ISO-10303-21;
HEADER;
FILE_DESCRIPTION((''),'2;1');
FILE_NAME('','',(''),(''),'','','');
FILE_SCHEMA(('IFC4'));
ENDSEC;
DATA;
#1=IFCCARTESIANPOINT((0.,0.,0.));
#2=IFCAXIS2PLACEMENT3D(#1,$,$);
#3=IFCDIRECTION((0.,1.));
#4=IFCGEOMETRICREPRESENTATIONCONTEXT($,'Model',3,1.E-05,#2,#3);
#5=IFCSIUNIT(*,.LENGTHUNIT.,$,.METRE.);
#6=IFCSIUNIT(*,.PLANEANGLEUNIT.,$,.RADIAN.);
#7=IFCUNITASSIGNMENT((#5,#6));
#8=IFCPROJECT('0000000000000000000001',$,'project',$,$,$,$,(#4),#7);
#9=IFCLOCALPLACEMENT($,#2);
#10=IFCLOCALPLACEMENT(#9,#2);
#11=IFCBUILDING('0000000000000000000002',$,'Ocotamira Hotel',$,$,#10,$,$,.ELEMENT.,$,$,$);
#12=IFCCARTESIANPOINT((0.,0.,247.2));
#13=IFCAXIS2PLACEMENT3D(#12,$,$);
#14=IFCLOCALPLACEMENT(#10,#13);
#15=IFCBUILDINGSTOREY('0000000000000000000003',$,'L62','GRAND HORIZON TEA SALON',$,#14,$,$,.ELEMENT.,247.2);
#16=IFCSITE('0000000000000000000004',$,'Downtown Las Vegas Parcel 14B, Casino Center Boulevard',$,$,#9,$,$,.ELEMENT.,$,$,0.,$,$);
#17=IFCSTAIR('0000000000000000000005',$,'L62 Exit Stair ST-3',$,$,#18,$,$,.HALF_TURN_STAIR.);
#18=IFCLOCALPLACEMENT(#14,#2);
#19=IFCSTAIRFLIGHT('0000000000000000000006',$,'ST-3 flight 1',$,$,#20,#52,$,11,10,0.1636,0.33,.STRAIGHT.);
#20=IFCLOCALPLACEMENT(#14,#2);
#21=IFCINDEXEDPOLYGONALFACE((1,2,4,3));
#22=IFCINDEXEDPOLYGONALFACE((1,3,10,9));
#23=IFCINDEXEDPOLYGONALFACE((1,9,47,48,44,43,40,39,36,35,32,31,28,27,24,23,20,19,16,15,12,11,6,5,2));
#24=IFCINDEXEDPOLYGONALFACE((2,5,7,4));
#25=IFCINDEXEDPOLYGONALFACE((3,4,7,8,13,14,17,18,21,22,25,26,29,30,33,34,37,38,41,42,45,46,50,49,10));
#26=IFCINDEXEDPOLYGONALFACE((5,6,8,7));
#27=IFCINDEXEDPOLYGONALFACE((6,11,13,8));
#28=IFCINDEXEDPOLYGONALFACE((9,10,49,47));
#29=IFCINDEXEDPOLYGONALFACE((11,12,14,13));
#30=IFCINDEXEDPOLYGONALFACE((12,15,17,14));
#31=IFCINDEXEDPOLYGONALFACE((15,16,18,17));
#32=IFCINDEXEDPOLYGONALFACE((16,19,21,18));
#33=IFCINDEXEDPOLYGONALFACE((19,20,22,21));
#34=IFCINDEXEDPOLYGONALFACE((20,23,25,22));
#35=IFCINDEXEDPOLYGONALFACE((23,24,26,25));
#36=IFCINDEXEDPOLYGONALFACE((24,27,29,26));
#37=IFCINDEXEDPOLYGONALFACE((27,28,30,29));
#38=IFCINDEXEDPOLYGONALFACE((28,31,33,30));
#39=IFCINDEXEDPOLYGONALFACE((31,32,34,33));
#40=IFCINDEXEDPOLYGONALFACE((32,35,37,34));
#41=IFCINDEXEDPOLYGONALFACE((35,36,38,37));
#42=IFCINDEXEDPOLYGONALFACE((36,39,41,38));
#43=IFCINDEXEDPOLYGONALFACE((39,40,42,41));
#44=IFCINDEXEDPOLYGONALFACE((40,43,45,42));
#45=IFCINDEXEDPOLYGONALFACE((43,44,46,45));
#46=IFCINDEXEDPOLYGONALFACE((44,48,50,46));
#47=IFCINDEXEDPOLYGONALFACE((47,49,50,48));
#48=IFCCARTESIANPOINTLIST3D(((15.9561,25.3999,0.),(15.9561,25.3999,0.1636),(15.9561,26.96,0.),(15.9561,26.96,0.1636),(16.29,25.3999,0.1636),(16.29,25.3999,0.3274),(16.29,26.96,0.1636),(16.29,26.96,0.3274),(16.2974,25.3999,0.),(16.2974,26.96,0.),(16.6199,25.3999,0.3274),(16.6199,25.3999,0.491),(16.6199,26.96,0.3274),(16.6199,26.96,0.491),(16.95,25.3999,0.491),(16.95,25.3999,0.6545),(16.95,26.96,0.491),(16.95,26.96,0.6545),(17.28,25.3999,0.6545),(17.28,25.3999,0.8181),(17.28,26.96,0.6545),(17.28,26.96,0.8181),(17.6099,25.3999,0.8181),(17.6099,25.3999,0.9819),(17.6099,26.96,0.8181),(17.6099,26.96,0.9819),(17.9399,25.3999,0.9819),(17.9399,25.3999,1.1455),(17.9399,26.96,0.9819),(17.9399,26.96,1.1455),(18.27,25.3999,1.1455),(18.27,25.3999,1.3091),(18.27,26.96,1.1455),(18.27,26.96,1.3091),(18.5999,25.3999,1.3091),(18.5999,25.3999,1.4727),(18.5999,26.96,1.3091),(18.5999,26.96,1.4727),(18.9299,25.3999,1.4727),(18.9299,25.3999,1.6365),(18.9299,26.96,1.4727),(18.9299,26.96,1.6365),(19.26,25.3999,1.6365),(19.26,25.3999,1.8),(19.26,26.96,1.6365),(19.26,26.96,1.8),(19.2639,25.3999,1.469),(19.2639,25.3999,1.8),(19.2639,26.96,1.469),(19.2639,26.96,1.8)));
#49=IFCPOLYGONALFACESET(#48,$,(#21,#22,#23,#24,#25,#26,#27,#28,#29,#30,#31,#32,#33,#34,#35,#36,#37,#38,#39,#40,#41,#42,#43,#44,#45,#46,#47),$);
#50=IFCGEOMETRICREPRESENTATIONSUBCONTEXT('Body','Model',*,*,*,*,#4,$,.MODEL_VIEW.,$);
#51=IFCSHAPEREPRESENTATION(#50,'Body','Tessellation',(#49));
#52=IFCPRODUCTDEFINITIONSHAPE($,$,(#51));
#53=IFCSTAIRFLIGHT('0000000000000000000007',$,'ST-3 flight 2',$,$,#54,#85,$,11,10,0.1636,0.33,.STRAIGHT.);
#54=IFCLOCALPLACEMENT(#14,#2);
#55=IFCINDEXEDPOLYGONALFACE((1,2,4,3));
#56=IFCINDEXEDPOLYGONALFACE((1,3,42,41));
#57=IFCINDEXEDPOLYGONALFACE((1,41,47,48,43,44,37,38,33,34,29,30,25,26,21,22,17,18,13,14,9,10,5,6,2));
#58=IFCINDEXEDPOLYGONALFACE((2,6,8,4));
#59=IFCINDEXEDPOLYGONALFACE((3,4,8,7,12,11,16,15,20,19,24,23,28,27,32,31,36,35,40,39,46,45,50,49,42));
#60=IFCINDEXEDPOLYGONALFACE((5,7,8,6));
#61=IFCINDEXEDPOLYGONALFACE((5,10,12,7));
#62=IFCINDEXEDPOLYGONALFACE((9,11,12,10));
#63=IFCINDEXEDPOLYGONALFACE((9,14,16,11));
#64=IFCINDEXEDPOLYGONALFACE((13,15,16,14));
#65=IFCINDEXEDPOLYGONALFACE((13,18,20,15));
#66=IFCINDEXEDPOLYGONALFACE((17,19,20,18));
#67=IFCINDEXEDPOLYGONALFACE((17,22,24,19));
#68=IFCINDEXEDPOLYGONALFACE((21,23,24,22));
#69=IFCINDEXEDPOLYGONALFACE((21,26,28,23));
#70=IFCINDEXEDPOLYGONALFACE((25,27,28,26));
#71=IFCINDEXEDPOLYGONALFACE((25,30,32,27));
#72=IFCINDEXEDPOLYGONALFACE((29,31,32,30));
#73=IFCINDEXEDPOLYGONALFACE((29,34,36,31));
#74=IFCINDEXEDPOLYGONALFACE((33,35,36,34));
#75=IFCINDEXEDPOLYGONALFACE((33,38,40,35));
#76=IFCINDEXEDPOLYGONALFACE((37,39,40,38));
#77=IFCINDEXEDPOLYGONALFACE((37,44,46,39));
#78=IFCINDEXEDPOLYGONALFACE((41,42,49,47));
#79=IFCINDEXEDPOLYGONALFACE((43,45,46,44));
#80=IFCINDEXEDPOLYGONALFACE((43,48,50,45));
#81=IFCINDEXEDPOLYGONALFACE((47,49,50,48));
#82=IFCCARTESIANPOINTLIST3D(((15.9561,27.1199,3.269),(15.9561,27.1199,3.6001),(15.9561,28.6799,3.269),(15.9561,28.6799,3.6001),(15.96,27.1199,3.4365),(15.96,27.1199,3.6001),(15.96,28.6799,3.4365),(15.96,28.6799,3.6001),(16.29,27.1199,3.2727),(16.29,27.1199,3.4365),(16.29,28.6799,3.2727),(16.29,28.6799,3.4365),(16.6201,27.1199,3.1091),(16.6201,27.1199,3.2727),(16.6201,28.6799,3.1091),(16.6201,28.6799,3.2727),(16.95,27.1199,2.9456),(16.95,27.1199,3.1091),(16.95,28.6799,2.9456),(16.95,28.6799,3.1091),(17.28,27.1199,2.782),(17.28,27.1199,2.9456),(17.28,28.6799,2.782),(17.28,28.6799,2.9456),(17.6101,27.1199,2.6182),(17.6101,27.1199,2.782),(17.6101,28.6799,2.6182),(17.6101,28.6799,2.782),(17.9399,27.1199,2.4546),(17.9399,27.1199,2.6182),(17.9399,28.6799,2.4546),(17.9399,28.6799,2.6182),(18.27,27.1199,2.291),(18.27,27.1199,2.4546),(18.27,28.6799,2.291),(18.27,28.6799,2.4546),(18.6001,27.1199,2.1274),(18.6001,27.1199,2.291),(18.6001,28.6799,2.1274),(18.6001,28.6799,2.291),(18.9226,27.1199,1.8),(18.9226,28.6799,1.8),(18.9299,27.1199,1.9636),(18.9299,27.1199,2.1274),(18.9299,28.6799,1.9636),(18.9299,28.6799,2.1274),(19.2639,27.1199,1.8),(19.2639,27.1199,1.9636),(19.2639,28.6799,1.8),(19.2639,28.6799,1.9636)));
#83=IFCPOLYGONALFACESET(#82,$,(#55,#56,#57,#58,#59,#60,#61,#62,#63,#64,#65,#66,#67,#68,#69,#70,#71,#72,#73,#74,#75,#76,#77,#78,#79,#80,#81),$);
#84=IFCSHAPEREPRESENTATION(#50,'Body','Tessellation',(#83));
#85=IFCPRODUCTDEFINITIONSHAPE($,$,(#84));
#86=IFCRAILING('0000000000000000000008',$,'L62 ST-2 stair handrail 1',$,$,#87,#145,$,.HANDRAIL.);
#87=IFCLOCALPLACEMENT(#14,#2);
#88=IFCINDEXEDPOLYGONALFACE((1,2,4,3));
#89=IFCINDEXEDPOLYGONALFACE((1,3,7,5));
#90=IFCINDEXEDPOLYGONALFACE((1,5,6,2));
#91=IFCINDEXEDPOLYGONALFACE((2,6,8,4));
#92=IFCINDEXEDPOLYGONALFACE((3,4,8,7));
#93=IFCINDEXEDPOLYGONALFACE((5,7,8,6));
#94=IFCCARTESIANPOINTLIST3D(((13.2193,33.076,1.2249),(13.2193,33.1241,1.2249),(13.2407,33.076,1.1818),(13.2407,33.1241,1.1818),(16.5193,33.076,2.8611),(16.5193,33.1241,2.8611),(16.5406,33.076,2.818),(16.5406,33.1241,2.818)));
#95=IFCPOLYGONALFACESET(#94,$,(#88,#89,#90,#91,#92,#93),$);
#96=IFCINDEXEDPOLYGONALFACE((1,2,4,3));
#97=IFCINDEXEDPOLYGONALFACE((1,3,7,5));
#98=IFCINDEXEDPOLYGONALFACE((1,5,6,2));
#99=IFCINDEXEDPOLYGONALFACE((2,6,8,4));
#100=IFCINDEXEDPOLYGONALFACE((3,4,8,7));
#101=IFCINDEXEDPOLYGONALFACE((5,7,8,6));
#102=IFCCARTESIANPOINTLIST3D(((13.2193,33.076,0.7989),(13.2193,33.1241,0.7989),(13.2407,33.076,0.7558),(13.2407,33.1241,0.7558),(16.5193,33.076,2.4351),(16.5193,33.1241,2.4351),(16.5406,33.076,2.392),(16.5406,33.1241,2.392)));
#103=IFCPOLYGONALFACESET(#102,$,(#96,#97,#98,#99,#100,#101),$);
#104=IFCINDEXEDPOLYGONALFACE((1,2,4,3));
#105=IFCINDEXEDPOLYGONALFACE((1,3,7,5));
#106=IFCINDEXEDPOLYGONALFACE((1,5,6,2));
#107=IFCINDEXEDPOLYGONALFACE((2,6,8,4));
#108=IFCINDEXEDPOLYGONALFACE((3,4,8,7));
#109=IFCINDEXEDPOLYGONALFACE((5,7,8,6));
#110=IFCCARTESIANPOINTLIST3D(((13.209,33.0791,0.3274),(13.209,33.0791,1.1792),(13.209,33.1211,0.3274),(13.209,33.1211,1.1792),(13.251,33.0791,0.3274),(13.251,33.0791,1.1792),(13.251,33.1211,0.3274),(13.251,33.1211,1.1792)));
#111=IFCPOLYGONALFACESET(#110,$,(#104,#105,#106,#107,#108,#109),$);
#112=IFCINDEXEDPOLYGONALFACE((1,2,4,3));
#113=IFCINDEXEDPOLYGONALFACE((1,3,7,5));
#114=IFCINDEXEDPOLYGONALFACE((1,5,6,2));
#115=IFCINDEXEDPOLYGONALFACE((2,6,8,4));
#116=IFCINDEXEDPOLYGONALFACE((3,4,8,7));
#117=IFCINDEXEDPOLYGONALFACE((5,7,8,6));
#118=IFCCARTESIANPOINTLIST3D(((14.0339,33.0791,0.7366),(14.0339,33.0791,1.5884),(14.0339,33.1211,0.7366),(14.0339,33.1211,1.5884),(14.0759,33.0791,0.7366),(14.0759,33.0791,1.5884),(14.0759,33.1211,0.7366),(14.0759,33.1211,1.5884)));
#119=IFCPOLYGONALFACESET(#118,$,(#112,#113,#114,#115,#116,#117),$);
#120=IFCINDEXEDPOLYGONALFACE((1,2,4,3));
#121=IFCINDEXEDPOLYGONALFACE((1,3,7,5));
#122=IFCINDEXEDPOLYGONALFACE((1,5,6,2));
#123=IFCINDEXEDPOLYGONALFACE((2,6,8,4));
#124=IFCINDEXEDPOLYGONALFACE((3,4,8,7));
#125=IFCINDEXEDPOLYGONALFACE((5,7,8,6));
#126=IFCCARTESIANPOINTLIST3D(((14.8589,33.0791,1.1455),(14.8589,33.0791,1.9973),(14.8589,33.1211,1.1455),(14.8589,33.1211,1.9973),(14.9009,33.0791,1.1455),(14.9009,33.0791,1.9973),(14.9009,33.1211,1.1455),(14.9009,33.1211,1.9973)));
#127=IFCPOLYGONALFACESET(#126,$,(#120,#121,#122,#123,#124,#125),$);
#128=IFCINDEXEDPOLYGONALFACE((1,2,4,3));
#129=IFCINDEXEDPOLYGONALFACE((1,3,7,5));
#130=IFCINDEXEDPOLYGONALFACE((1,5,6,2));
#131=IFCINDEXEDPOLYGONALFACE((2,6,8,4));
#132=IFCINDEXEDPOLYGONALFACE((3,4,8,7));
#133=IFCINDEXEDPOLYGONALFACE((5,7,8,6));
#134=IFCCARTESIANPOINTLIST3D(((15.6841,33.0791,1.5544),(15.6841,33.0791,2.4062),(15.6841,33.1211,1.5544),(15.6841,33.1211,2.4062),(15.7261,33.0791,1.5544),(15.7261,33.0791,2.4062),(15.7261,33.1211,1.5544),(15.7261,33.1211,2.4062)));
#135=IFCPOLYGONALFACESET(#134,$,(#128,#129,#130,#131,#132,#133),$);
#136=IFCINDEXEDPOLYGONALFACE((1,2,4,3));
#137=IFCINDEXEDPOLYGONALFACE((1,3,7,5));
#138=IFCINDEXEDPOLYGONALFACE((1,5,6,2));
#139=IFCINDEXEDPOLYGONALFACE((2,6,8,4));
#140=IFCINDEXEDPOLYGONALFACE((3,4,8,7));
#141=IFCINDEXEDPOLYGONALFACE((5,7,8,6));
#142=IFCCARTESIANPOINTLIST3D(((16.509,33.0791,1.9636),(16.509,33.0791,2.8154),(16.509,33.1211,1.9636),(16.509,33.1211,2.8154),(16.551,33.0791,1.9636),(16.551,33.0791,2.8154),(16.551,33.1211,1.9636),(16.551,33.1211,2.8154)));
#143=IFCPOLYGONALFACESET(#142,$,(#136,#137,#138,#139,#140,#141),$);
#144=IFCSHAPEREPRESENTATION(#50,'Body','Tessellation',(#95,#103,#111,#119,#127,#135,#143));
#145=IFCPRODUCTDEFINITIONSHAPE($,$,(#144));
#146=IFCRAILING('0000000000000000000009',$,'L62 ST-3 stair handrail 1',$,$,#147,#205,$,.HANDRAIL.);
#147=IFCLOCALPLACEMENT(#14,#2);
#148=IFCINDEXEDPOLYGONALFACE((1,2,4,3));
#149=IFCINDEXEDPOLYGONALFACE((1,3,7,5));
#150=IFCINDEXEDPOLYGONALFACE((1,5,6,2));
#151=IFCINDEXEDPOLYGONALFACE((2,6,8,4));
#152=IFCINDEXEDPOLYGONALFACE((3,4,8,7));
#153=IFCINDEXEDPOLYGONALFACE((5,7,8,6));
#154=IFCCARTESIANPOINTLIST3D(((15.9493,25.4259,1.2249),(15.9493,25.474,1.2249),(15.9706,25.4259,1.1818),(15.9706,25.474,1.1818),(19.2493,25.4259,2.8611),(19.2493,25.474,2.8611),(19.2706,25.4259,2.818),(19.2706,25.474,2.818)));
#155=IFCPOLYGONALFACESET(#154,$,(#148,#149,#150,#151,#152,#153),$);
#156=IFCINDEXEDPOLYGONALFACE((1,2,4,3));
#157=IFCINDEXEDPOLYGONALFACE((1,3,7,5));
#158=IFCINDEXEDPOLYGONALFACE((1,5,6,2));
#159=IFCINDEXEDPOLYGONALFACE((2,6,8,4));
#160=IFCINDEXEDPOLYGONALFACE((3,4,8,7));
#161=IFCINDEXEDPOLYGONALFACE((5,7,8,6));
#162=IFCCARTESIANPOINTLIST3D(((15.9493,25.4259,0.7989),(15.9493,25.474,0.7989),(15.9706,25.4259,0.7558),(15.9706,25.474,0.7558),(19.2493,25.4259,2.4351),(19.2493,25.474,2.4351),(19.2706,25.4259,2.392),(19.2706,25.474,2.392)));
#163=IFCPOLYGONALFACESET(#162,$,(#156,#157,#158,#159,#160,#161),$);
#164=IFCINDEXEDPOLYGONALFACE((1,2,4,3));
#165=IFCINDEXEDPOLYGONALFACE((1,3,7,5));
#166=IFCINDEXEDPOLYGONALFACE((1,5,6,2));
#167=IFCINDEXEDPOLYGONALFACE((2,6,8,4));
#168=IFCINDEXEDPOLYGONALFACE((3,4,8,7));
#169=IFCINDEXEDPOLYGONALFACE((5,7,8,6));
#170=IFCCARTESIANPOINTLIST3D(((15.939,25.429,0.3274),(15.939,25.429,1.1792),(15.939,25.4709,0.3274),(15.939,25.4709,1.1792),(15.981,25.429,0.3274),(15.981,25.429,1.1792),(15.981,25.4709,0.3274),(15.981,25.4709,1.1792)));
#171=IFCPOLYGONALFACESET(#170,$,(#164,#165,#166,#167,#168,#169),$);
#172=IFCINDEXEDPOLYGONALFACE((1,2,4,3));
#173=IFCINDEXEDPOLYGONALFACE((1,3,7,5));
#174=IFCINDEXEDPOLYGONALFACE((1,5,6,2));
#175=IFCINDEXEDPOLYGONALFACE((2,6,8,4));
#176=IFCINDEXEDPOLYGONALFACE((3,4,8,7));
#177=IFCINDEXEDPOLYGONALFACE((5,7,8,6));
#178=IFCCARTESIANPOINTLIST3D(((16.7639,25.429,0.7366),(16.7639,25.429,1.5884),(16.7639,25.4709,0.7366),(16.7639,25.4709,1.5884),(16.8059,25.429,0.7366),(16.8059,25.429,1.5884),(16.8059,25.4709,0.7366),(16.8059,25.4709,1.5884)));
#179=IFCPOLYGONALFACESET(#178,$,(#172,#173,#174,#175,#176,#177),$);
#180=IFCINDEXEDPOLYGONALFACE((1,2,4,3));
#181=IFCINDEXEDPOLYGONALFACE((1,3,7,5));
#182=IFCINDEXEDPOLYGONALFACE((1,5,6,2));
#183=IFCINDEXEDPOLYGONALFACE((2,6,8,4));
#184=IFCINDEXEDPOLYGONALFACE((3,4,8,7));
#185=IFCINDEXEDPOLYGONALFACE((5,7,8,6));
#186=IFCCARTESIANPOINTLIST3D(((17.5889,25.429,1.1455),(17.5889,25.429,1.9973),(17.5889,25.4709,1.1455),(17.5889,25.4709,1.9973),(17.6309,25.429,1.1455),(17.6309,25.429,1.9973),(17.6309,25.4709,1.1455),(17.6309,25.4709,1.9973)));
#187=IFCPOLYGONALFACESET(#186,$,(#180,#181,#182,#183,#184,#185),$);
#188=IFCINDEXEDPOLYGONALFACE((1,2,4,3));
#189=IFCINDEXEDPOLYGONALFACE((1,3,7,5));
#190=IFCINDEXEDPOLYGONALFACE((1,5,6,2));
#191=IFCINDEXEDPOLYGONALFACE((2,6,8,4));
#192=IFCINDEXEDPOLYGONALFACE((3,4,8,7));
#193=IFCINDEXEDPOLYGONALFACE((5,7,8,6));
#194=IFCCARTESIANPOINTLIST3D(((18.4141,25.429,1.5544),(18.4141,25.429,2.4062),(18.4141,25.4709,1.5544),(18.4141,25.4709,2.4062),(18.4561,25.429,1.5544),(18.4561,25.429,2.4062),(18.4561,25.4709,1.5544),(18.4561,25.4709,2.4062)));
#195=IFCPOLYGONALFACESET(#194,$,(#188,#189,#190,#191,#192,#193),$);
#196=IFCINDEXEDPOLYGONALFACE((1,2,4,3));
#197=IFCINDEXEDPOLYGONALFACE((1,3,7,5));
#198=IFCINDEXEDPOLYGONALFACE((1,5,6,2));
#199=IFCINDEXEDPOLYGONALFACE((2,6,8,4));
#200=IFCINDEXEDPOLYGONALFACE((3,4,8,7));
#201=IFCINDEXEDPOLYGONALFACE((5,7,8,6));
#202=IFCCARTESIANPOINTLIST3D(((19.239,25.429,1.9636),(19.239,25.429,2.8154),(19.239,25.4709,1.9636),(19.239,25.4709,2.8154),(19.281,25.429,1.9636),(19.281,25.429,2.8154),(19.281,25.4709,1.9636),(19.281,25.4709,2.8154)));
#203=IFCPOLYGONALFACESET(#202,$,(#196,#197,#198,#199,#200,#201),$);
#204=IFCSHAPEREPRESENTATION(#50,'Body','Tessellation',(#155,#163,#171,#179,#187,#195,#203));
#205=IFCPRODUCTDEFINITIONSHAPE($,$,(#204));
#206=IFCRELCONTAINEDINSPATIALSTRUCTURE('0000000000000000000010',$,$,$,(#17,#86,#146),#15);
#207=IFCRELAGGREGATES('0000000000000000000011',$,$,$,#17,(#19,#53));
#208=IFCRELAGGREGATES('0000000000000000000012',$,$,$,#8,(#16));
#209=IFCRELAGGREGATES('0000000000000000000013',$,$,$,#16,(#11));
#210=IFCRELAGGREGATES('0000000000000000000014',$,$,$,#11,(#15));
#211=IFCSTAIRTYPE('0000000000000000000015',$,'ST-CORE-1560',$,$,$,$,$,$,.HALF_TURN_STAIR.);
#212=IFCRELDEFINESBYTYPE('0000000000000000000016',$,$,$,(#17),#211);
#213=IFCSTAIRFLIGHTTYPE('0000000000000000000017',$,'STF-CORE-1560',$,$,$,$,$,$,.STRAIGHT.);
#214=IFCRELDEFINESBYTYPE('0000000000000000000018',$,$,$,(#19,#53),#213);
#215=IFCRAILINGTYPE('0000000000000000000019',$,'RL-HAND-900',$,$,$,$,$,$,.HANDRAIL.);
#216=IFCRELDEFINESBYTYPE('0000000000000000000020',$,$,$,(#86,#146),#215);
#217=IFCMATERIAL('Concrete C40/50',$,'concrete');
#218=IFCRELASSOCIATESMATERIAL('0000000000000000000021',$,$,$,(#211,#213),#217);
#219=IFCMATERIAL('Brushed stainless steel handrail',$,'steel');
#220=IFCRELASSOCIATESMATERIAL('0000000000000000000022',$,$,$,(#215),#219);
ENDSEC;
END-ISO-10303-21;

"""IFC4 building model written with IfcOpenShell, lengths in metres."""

from ifc_helpers import new_model, si_unit, direction, frame, origin, origin_2d, place, context, subcontext, project, spatial, polyline, rectangle, outline, extrude, source, transform, mapped, material, type_object, element, aggregate, save


model = new_model("IFC4")

# Units and contexts
model_context = context("Model", 3, precision=1e-05, world=origin(), true_north=direction((0.0, 1.0)))
body_context = subcontext(model_context, "Body", "Model", "MODEL_VIEW")
ifc_project = project(units=[si_unit("LENGTHUNIT", "METRE"), si_unit("PLANEANGLEUNIT", "RADIAN")], contexts=[model_context])

# Site, building, storey
site_placement = place(None, origin())
site = spatial("IfcSite", under=ifc_project, at=site_placement, Name="Downtown Las Vegas Parcel 14B, Casino Center Boulevard", CompositionType="ELEMENT", RefElevation=0.0)
building_placement = place(site_placement, origin())
building = spatial("IfcBuilding", under=site, at=building_placement, Name="Ocotamira Hotel", CompositionType="ELEMENT")
storey_placement = place(building_placement, frame((0.0, 0.0, 247.2)))
storey = spatial("IfcBuildingStorey", under=building, at=storey_placement, Name="L62", Description="GRAND HORIZON TEA SALON", CompositionType="ELEMENT", Elevation=247.2)

# Shared definitions
ifc_material_1 = material(Name="Concrete C40/50", Category="concrete")
stair_type = type_object("IfcStairType", Name="ST-CORE-1560", PredefinedType="HALF_TURN_STAIR", material=ifc_material_1)
stair_flight_type = type_object("IfcStairFlightType", Name="STF-CORE-1560", PredefinedType="STRAIGHT", material=ifc_material_1)
shared_shape_1 = source(origin(), body_context, "Body", "SweptSolid", [
    extrude(outline(polyline([(-0.0039, 0.0), (-0.0039, 0.1636), (0.3301, 0.1636), (0.3301, 0.3274), (0.6599, 0.3274), (0.6599, 0.491), (0.99, 0.491), (0.99, 0.6545), (1.3201, 0.6545), (1.3201, 0.8181), (1.6499, 0.8181), (1.6499, 0.9819), (1.98, 0.9819), (1.98, 1.1455), (2.3101, 1.1455), (2.3101, 1.3091), (2.6399, 1.3091), (2.6399, 1.4727), (2.97, 1.4727), (2.97, 1.6365), (3.3, 1.6365), (3.3, 1.8), (3.304, 1.8), (3.304, 1.469), (0.3374, 0.0), (-0.0039, 0.0)])), frame((0.0, 0.78, 0.0), z_axis=(0.0, -1.0, 0.0), x_axis=(1.0, 0.0, 0.0)), (0.0, 0.0, 1.0), 1.5601),
])

# Stair, stair flights
stair_1_placement = place(storey_placement, origin())
stair_1 = element("IfcStair", 1, at=stair_1_placement, inside=storey, type_object=stair_type, Name="L62 Exit Stair ST-3", PredefinedType="HALF_TURN_STAIR")
stair_flight_1_placement = place(storey_placement, frame((15.96, 26.1799, 0.0), z_axis=(0.0, 0.0, 1.0), x_axis=(1.0, 0.0, 0.0)))
stair_flight_1 = element("IfcStairFlight", 2, at=stair_flight_1_placement, type_object=stair_flight_type, Name="ST-3 flight 1", NumberOfRisers=11, NumberOfTreads=10, PredefinedType="STRAIGHT", RiserHeight=0.1636, TreadLength=0.33, context=body_context, shape_type="MappedRepresentation", body=[
    mapped(shared_shape_1, transform((0.0, 0.0, 0.0), scale=1.0)),
])
stair_flight_2_placement = place(storey_placement, frame((19.26, 27.8999, 1.8), z_axis=(0.0, 0.0, 1.0), x_axis=(-1.0, 0.0, 0.0)))
stair_flight_2 = element("IfcStairFlight", 3, at=stair_flight_2_placement, type_object=stair_flight_type, Name="ST-3 flight 2", NumberOfRisers=11, NumberOfTreads=10, PredefinedType="STRAIGHT", RiserHeight=0.1636, TreadLength=0.33, context=body_context, shape_type="MappedRepresentation", body=[
    mapped(shared_shape_1, transform((0.0, 0.0, 0.0), scale=1.0)),
])
aggregate(stair_1, [stair_flight_1, stair_flight_2])

# Railings
ifc_material_2 = material(Name="Brushed stainless steel handrail", Category="steel")
railing_type_1 = type_object("IfcRailingType", Name="RL-HAND-900", PredefinedType="HANDRAIL", material=ifc_material_2)
for number, where, name in (
    (4, (13.23, 33.1001, 0.3274), "L62 ST-2 stair handrail 1"),
    (5, (15.96, 25.45, 0.3274), "L62 ST-3 stair handrail 1"),
):
    element("IfcRailing", number, at=place(storey_placement, frame(where)), inside=storey, type_object=railing_type_1, Name=name, PredefinedType="HANDRAIL", context=body_context, shape_type="SweptSolid", body=[
        extrude(rectangle(XDim=0.0481, YDim=0.0481, at=origin_2d()), frame((0.0, 0.0, 0.876), z_axis=(0.89592, 0.0, 0.444215), x_axis=(0.0, 1.0, 0.0)), (0.0, 0.0, 1.0), 3.6833),
        extrude(rectangle(XDim=0.0481, YDim=0.0481, at=origin_2d()), frame((0.0, 0.0, 0.45), z_axis=(0.89592, 0.0, 0.444215), x_axis=(0.0, 1.0, 0.0)), (0.0, 0.0, 1.0), 3.6833),
        extrude(rectangle(XDim=0.042, YDim=0.042, at=origin_2d()), origin(), (0.0, 0.0, 1.0), 0.8518),
        extrude(rectangle(XDim=0.042, YDim=0.042, at=origin_2d()), frame((0.825, 0.0, 0.4092)), (0.0, 0.0, 1.0), 0.8518),
        extrude(rectangle(XDim=0.042, YDim=0.042, at=origin_2d()), frame((1.6499, 0.0, 0.8181)), (0.0, 0.0, 1.0), 0.8518),
        extrude(rectangle(XDim=0.042, YDim=0.042, at=origin_2d()), frame((2.4751, 0.0, 1.2271)), (0.0, 0.0, 1.0), 0.8518),
        extrude(rectangle(XDim=0.042, YDim=0.042, at=origin_2d()), frame((3.3, 0.0, 1.6362)), (0.0, 0.0, 1.0), 0.8518),
    ])

save(model, "model.ifc")
